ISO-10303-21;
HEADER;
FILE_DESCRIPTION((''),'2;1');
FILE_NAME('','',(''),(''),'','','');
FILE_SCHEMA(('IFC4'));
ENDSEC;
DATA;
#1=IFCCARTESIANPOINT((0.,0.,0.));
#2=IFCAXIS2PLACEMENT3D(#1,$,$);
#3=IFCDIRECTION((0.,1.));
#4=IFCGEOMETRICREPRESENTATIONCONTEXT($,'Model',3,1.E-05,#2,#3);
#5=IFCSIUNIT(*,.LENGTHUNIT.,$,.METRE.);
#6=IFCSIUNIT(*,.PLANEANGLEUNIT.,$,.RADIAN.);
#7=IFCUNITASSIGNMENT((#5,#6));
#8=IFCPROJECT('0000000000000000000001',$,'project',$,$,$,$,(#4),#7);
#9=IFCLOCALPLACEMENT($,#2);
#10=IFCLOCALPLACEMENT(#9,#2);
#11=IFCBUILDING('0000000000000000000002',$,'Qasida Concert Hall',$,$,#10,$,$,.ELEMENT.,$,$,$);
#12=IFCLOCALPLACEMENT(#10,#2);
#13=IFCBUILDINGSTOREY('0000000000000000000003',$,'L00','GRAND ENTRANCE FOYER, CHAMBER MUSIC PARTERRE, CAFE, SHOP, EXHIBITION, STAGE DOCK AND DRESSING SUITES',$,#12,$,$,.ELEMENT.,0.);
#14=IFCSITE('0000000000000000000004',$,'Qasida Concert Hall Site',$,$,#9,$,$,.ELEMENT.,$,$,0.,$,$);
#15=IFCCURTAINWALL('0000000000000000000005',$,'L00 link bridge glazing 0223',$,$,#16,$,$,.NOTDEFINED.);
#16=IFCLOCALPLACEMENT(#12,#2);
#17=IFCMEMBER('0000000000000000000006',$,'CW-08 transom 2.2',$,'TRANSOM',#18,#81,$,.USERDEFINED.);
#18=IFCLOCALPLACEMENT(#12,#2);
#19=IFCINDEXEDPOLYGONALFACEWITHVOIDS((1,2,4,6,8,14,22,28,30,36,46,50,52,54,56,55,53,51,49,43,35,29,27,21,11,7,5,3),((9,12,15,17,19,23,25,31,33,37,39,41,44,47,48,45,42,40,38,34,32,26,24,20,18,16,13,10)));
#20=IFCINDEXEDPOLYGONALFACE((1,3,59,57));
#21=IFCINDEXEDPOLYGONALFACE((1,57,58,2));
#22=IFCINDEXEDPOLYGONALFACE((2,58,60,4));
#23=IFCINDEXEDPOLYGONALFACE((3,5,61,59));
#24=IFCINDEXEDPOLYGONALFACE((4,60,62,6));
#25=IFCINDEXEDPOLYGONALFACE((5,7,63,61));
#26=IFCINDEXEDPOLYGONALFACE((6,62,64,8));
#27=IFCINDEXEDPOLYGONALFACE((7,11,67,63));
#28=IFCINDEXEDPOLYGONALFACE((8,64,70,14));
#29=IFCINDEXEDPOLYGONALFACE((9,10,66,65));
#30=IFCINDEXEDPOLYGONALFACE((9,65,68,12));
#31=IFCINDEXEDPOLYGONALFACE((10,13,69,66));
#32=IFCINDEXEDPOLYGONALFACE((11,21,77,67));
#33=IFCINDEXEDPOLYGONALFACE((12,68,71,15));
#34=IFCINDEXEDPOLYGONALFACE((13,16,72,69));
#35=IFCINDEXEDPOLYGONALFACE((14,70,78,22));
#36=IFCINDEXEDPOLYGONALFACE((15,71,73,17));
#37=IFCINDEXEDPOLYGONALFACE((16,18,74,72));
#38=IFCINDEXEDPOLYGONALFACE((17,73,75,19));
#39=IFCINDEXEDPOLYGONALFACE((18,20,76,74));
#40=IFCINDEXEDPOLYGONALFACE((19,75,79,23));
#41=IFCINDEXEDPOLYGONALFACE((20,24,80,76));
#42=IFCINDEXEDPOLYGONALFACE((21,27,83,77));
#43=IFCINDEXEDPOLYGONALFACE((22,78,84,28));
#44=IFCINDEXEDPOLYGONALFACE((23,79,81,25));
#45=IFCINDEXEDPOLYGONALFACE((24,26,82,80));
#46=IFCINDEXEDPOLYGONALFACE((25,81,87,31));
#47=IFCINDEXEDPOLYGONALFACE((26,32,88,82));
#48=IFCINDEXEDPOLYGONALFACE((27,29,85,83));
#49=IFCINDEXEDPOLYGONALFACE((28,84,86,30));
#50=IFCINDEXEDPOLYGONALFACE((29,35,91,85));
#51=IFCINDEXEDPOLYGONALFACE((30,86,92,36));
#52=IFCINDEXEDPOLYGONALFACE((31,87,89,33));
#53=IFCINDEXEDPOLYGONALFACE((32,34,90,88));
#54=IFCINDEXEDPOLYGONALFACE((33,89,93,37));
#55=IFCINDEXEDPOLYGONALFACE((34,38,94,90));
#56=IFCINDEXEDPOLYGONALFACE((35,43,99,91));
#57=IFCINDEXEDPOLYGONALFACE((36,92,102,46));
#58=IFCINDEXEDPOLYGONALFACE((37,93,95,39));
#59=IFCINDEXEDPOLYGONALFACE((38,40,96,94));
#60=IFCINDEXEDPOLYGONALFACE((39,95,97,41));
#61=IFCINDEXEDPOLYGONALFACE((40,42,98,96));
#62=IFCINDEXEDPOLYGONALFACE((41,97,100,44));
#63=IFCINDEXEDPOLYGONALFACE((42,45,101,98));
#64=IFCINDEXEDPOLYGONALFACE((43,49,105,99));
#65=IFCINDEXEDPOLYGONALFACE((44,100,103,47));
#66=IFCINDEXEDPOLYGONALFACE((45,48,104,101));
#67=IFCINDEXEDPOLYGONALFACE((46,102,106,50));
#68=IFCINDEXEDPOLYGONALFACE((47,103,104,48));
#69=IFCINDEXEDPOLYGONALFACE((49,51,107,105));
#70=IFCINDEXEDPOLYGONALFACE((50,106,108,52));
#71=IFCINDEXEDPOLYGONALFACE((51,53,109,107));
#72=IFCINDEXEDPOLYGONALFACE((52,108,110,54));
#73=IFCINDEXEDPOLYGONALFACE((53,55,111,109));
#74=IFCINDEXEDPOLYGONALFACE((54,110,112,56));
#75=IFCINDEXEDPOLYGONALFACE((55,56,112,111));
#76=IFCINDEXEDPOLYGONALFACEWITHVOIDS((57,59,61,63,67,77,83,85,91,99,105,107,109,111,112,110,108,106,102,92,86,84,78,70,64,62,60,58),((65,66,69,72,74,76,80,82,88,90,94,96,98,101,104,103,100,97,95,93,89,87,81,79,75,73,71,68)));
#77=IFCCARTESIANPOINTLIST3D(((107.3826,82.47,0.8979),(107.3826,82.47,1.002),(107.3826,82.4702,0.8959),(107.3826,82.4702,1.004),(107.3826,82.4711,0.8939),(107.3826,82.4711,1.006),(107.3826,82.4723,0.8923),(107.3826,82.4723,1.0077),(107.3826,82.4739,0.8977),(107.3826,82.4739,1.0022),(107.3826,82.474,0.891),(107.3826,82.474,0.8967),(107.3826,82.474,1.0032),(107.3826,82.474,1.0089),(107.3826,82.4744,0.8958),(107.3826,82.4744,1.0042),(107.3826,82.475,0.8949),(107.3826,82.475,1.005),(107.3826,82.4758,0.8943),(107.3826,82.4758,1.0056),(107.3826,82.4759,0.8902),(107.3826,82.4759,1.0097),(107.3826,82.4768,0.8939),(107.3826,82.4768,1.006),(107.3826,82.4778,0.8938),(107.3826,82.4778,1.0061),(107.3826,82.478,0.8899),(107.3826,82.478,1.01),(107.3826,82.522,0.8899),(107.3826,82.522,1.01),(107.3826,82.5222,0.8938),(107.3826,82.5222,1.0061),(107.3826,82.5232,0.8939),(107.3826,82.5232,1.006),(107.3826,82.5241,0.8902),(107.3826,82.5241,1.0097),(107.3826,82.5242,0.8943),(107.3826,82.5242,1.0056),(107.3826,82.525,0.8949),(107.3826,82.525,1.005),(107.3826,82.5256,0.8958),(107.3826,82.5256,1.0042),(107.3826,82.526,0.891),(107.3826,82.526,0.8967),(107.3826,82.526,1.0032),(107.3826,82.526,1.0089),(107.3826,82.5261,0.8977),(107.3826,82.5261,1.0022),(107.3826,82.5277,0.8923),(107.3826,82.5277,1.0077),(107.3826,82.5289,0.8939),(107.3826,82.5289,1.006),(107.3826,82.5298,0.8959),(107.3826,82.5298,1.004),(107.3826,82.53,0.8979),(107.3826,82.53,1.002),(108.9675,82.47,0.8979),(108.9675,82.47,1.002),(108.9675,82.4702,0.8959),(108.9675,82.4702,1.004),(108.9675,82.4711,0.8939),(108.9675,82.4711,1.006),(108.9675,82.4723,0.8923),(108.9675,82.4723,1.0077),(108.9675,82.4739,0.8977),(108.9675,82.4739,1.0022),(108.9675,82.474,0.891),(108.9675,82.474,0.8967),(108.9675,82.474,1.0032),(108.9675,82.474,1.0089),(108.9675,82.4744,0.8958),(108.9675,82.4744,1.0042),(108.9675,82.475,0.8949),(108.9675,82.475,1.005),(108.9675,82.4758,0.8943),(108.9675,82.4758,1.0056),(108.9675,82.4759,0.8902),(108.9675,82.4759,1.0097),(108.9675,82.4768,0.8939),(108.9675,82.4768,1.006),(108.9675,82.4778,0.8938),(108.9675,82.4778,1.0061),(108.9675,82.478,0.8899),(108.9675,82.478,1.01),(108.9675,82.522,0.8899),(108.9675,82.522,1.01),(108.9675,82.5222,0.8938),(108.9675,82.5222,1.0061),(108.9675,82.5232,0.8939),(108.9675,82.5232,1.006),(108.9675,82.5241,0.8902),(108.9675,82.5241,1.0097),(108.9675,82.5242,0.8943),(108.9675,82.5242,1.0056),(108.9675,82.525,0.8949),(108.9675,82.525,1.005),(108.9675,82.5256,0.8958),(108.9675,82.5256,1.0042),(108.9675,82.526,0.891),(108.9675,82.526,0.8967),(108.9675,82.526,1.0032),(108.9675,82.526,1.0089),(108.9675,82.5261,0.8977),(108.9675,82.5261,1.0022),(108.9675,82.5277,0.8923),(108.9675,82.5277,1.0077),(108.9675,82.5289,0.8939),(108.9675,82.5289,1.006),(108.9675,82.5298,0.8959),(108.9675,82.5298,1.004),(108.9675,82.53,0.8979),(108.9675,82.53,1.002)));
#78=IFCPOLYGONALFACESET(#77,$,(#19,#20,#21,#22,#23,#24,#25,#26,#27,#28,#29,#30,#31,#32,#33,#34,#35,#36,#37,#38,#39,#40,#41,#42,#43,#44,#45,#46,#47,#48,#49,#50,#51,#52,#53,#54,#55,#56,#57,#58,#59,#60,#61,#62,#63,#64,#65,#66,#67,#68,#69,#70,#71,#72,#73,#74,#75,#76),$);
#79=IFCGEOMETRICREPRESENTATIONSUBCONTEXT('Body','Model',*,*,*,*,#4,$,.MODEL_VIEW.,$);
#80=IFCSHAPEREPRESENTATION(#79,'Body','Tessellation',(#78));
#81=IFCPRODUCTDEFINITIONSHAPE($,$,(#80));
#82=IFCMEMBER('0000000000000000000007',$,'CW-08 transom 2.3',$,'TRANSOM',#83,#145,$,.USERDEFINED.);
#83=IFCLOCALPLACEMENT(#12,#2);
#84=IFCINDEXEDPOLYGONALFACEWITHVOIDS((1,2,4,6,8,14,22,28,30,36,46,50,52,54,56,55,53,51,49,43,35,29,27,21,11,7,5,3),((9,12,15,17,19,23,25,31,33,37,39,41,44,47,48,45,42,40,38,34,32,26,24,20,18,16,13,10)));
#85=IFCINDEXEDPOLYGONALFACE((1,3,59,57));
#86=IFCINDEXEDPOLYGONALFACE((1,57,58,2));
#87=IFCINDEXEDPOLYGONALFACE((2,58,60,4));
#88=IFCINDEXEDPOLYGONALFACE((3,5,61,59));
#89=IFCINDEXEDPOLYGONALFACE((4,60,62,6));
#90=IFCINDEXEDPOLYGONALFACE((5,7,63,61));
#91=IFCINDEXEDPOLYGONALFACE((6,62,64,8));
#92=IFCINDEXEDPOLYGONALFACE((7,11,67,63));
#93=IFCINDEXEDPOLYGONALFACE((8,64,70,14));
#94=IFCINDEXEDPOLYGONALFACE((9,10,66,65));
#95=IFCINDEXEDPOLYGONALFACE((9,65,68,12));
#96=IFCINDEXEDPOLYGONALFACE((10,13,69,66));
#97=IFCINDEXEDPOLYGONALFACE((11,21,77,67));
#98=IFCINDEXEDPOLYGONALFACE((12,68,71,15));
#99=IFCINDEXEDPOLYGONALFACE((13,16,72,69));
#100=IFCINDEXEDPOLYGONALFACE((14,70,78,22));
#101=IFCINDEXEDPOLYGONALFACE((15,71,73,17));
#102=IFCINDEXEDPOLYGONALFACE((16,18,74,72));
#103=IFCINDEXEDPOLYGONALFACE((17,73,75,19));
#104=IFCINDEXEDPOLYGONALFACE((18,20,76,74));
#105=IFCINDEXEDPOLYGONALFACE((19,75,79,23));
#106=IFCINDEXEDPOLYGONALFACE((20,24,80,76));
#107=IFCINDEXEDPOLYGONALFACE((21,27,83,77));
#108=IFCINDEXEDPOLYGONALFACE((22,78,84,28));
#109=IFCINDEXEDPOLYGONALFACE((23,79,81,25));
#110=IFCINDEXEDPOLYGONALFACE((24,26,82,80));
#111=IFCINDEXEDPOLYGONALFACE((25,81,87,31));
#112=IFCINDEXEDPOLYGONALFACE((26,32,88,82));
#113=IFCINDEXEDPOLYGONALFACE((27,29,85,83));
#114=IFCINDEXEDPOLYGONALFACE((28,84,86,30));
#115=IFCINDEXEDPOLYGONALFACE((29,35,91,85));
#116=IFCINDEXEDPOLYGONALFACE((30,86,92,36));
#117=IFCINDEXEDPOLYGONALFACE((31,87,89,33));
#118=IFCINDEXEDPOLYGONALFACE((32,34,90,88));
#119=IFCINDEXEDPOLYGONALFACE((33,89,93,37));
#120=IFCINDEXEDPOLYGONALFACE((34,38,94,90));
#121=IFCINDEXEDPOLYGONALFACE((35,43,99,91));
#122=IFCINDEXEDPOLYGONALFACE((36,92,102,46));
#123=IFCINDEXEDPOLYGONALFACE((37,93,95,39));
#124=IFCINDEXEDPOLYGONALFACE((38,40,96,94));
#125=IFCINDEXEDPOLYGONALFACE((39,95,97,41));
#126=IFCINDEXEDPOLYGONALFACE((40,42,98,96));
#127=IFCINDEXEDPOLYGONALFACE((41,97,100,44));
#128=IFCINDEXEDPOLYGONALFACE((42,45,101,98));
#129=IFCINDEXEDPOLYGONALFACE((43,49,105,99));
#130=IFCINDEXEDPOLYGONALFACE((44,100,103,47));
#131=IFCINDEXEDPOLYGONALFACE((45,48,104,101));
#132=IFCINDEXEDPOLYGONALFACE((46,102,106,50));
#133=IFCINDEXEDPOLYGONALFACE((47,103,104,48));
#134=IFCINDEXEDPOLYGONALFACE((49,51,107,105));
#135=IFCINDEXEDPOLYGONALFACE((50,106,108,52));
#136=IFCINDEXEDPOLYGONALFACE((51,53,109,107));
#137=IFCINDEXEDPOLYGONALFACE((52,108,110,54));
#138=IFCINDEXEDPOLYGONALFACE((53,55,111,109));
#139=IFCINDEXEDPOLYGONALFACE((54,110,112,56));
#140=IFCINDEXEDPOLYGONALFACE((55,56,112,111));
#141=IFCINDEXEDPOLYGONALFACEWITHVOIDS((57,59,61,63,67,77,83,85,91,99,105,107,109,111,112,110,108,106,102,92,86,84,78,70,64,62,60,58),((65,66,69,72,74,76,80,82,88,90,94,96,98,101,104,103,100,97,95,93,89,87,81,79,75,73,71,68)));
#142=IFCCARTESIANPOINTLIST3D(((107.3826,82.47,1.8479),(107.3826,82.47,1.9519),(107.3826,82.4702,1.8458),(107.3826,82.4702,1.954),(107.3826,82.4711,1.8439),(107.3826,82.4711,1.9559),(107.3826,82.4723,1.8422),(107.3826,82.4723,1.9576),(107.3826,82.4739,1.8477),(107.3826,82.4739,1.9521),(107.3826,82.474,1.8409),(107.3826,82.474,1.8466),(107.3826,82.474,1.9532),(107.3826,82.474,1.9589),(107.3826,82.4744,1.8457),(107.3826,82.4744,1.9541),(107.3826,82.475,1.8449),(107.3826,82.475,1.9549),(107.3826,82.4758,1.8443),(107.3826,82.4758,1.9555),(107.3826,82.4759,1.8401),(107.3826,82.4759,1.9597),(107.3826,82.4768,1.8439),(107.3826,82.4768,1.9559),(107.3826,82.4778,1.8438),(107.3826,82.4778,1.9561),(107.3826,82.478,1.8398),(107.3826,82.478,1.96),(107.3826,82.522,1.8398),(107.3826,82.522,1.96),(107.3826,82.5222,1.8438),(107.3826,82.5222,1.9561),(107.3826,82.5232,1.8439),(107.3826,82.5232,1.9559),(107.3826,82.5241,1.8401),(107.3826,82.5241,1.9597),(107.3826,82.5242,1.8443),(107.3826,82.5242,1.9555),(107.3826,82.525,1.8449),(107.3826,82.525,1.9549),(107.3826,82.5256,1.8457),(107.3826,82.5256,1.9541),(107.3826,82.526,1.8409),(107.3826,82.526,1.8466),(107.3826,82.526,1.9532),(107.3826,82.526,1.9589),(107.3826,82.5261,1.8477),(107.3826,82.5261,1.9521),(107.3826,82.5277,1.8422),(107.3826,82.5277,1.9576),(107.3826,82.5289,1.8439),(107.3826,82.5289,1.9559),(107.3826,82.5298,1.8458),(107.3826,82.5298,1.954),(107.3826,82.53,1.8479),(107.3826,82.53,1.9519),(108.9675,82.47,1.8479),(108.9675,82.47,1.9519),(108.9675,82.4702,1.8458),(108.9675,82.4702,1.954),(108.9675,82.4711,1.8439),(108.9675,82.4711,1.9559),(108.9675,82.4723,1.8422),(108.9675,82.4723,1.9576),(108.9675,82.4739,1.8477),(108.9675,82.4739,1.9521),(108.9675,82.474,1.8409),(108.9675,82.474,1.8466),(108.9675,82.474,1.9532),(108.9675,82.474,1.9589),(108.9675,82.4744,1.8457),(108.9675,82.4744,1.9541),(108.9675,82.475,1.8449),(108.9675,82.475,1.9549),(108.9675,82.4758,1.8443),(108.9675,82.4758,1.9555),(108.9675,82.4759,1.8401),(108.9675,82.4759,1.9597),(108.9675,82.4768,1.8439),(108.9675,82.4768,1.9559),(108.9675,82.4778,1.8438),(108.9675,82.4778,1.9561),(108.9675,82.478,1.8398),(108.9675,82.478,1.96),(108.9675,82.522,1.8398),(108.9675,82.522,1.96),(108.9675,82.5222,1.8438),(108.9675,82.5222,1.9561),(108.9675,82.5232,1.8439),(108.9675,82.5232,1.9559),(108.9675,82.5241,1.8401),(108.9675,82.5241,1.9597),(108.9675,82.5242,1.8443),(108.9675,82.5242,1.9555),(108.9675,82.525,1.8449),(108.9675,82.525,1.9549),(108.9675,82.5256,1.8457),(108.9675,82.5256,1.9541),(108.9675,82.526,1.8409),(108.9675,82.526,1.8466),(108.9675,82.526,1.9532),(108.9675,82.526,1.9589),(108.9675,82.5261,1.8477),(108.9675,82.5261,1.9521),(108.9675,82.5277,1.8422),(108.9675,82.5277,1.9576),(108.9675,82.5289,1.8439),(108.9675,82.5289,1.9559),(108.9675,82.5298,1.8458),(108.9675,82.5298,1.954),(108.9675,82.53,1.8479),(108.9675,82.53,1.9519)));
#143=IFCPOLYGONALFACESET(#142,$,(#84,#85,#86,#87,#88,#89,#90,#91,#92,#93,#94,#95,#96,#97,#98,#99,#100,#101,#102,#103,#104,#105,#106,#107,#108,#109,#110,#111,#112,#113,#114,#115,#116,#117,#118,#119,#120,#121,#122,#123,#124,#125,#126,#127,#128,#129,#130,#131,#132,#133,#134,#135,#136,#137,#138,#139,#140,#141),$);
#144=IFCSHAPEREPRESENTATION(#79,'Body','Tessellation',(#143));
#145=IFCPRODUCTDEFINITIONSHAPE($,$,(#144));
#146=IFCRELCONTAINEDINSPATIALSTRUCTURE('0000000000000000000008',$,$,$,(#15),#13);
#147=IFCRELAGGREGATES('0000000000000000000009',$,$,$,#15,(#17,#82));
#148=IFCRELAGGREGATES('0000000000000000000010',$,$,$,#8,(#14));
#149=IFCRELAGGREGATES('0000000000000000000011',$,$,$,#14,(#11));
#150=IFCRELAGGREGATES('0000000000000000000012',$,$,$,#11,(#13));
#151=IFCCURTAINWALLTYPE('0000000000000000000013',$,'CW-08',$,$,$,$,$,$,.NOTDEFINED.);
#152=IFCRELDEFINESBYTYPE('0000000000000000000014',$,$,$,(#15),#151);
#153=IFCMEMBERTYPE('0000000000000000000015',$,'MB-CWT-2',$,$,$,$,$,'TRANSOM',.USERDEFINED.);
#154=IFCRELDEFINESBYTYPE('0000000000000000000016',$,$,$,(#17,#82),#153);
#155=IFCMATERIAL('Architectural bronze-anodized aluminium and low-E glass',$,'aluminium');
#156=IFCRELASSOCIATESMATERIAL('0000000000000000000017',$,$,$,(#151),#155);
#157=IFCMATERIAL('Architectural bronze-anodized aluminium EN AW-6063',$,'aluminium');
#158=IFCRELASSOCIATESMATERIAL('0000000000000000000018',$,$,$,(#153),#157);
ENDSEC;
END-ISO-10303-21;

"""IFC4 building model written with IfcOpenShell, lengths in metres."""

from ifc_helpers import new_model, si_unit, direction, frame, origin, origin_2d, place, context, subcontext, project, spatial, hollow_rectangle, extrude, material, material_profile, profile_set, type_object, element, aggregate, save


model = new_model("IFC4")

# Units and contexts
model_context = context("Model", 3, precision=1e-05, world=origin(), true_north=direction((0.0, 1.0)))
body_context = subcontext(model_context, "Body", "Model", "MODEL_VIEW")
ifc_project = project(units=[si_unit("LENGTHUNIT", "METRE"), si_unit("PLANEANGLEUNIT", "RADIAN")], contexts=[model_context])

# Site, building, storey
site_placement = place(None, origin())
site = spatial("IfcSite", under=ifc_project, at=site_placement, Name="Qasida Concert Hall Site", CompositionType="ELEMENT", RefElevation=0.0)
building_placement = place(site_placement, origin())
building = spatial("IfcBuilding", under=site, at=building_placement, Name="Qasida Concert Hall", CompositionType="ELEMENT")
storey_placement = place(building_placement, origin())
storey = spatial("IfcBuildingStorey", under=building, at=storey_placement, Name="L00", Description="GRAND ENTRANCE FOYER, CHAMBER MUSIC PARTERRE, CAFE, SHOP, EXHIBITION, STAGE DOCK AND DRESSING SUITES", CompositionType="ELEMENT", Elevation=0.0)

# Curtain wall, members
ifc_material_1 = material(Name="Architectural bronze-anodized aluminium and low-E glass", Category="aluminium")
curtain_wall_type = type_object("IfcCurtainWallType", Name="CW-08", PredefinedType="NOTDEFINED", material=ifc_material_1)
curtain_wall_placement = place(storey_placement, origin())
curtain_wall = element("IfcCurtainWall", 1, at=curtain_wall_placement, inside=storey, type_object=curtain_wall_type, Name="L00 link bridge glazing 0223", PredefinedType="NOTDEFINED")
ifc_material_2 = material(Name="Architectural bronze-anodized aluminium EN AW-6063", Category="aluminium")
ifc_material_profile_1 = material_profile(ifc_material_2, hollow_rectangle(XDim=0.0601, YDim=0.1201, WallThickness=0.0039, InnerFilletRadius=0.0039, OuterFilletRadius=0.0081, at=origin_2d()), Name="CWT 120x60x4")
ifc_profile_set_1 = profile_set([ifc_material_profile_1], Name="Architectural bronze-anodized aluminium EN AW-6063")
member_type_1 = type_object("IfcMemberType", Name="MB-CWT-2", ElementType="TRANSOM", PredefinedType="USERDEFINED", material=ifc_profile_set_1)
member_1_placement = place(storey_placement, frame((107.3826, 82.5, 0.95), z_axis=(1.0, 0.0, 0.0), x_axis=(0.0, 1.0, 0.0)))
member_1 = element("IfcMember", 2, at=member_1_placement, type_object=member_type_1, Name="CW-08 transom 2.2", ObjectType="TRANSOM", PredefinedType="USERDEFINED", context=body_context, shape_type="SweptSolid", body=[
    extrude(hollow_rectangle(XDim=0.0601, YDim=0.1201, WallThickness=0.0039, InnerFilletRadius=0.0039, OuterFilletRadius=0.0081, at=origin_2d()), origin(), (0.0, 0.0, 1.0), 1.585),
])
member_2_placement = place(storey_placement, frame((107.3826, 82.5, 1.8999), z_axis=(1.0, 0.0, 0.0), x_axis=(0.0, 1.0, 0.0)))
member_2 = element("IfcMember", 3, at=member_2_placement, type_object=member_type_1, Name="CW-08 transom 2.3", ObjectType="TRANSOM", PredefinedType="USERDEFINED", context=body_context, shape_type="SweptSolid", body=[
    extrude(hollow_rectangle(XDim=0.0601, YDim=0.1201, WallThickness=0.0039, InnerFilletRadius=0.0039, OuterFilletRadius=0.0081, at=origin_2d()), origin(), (0.0, 0.0, 1.0), 1.585),
])
aggregate(curtain_wall, [member_1, member_2])

save(model, "model.ifc")
